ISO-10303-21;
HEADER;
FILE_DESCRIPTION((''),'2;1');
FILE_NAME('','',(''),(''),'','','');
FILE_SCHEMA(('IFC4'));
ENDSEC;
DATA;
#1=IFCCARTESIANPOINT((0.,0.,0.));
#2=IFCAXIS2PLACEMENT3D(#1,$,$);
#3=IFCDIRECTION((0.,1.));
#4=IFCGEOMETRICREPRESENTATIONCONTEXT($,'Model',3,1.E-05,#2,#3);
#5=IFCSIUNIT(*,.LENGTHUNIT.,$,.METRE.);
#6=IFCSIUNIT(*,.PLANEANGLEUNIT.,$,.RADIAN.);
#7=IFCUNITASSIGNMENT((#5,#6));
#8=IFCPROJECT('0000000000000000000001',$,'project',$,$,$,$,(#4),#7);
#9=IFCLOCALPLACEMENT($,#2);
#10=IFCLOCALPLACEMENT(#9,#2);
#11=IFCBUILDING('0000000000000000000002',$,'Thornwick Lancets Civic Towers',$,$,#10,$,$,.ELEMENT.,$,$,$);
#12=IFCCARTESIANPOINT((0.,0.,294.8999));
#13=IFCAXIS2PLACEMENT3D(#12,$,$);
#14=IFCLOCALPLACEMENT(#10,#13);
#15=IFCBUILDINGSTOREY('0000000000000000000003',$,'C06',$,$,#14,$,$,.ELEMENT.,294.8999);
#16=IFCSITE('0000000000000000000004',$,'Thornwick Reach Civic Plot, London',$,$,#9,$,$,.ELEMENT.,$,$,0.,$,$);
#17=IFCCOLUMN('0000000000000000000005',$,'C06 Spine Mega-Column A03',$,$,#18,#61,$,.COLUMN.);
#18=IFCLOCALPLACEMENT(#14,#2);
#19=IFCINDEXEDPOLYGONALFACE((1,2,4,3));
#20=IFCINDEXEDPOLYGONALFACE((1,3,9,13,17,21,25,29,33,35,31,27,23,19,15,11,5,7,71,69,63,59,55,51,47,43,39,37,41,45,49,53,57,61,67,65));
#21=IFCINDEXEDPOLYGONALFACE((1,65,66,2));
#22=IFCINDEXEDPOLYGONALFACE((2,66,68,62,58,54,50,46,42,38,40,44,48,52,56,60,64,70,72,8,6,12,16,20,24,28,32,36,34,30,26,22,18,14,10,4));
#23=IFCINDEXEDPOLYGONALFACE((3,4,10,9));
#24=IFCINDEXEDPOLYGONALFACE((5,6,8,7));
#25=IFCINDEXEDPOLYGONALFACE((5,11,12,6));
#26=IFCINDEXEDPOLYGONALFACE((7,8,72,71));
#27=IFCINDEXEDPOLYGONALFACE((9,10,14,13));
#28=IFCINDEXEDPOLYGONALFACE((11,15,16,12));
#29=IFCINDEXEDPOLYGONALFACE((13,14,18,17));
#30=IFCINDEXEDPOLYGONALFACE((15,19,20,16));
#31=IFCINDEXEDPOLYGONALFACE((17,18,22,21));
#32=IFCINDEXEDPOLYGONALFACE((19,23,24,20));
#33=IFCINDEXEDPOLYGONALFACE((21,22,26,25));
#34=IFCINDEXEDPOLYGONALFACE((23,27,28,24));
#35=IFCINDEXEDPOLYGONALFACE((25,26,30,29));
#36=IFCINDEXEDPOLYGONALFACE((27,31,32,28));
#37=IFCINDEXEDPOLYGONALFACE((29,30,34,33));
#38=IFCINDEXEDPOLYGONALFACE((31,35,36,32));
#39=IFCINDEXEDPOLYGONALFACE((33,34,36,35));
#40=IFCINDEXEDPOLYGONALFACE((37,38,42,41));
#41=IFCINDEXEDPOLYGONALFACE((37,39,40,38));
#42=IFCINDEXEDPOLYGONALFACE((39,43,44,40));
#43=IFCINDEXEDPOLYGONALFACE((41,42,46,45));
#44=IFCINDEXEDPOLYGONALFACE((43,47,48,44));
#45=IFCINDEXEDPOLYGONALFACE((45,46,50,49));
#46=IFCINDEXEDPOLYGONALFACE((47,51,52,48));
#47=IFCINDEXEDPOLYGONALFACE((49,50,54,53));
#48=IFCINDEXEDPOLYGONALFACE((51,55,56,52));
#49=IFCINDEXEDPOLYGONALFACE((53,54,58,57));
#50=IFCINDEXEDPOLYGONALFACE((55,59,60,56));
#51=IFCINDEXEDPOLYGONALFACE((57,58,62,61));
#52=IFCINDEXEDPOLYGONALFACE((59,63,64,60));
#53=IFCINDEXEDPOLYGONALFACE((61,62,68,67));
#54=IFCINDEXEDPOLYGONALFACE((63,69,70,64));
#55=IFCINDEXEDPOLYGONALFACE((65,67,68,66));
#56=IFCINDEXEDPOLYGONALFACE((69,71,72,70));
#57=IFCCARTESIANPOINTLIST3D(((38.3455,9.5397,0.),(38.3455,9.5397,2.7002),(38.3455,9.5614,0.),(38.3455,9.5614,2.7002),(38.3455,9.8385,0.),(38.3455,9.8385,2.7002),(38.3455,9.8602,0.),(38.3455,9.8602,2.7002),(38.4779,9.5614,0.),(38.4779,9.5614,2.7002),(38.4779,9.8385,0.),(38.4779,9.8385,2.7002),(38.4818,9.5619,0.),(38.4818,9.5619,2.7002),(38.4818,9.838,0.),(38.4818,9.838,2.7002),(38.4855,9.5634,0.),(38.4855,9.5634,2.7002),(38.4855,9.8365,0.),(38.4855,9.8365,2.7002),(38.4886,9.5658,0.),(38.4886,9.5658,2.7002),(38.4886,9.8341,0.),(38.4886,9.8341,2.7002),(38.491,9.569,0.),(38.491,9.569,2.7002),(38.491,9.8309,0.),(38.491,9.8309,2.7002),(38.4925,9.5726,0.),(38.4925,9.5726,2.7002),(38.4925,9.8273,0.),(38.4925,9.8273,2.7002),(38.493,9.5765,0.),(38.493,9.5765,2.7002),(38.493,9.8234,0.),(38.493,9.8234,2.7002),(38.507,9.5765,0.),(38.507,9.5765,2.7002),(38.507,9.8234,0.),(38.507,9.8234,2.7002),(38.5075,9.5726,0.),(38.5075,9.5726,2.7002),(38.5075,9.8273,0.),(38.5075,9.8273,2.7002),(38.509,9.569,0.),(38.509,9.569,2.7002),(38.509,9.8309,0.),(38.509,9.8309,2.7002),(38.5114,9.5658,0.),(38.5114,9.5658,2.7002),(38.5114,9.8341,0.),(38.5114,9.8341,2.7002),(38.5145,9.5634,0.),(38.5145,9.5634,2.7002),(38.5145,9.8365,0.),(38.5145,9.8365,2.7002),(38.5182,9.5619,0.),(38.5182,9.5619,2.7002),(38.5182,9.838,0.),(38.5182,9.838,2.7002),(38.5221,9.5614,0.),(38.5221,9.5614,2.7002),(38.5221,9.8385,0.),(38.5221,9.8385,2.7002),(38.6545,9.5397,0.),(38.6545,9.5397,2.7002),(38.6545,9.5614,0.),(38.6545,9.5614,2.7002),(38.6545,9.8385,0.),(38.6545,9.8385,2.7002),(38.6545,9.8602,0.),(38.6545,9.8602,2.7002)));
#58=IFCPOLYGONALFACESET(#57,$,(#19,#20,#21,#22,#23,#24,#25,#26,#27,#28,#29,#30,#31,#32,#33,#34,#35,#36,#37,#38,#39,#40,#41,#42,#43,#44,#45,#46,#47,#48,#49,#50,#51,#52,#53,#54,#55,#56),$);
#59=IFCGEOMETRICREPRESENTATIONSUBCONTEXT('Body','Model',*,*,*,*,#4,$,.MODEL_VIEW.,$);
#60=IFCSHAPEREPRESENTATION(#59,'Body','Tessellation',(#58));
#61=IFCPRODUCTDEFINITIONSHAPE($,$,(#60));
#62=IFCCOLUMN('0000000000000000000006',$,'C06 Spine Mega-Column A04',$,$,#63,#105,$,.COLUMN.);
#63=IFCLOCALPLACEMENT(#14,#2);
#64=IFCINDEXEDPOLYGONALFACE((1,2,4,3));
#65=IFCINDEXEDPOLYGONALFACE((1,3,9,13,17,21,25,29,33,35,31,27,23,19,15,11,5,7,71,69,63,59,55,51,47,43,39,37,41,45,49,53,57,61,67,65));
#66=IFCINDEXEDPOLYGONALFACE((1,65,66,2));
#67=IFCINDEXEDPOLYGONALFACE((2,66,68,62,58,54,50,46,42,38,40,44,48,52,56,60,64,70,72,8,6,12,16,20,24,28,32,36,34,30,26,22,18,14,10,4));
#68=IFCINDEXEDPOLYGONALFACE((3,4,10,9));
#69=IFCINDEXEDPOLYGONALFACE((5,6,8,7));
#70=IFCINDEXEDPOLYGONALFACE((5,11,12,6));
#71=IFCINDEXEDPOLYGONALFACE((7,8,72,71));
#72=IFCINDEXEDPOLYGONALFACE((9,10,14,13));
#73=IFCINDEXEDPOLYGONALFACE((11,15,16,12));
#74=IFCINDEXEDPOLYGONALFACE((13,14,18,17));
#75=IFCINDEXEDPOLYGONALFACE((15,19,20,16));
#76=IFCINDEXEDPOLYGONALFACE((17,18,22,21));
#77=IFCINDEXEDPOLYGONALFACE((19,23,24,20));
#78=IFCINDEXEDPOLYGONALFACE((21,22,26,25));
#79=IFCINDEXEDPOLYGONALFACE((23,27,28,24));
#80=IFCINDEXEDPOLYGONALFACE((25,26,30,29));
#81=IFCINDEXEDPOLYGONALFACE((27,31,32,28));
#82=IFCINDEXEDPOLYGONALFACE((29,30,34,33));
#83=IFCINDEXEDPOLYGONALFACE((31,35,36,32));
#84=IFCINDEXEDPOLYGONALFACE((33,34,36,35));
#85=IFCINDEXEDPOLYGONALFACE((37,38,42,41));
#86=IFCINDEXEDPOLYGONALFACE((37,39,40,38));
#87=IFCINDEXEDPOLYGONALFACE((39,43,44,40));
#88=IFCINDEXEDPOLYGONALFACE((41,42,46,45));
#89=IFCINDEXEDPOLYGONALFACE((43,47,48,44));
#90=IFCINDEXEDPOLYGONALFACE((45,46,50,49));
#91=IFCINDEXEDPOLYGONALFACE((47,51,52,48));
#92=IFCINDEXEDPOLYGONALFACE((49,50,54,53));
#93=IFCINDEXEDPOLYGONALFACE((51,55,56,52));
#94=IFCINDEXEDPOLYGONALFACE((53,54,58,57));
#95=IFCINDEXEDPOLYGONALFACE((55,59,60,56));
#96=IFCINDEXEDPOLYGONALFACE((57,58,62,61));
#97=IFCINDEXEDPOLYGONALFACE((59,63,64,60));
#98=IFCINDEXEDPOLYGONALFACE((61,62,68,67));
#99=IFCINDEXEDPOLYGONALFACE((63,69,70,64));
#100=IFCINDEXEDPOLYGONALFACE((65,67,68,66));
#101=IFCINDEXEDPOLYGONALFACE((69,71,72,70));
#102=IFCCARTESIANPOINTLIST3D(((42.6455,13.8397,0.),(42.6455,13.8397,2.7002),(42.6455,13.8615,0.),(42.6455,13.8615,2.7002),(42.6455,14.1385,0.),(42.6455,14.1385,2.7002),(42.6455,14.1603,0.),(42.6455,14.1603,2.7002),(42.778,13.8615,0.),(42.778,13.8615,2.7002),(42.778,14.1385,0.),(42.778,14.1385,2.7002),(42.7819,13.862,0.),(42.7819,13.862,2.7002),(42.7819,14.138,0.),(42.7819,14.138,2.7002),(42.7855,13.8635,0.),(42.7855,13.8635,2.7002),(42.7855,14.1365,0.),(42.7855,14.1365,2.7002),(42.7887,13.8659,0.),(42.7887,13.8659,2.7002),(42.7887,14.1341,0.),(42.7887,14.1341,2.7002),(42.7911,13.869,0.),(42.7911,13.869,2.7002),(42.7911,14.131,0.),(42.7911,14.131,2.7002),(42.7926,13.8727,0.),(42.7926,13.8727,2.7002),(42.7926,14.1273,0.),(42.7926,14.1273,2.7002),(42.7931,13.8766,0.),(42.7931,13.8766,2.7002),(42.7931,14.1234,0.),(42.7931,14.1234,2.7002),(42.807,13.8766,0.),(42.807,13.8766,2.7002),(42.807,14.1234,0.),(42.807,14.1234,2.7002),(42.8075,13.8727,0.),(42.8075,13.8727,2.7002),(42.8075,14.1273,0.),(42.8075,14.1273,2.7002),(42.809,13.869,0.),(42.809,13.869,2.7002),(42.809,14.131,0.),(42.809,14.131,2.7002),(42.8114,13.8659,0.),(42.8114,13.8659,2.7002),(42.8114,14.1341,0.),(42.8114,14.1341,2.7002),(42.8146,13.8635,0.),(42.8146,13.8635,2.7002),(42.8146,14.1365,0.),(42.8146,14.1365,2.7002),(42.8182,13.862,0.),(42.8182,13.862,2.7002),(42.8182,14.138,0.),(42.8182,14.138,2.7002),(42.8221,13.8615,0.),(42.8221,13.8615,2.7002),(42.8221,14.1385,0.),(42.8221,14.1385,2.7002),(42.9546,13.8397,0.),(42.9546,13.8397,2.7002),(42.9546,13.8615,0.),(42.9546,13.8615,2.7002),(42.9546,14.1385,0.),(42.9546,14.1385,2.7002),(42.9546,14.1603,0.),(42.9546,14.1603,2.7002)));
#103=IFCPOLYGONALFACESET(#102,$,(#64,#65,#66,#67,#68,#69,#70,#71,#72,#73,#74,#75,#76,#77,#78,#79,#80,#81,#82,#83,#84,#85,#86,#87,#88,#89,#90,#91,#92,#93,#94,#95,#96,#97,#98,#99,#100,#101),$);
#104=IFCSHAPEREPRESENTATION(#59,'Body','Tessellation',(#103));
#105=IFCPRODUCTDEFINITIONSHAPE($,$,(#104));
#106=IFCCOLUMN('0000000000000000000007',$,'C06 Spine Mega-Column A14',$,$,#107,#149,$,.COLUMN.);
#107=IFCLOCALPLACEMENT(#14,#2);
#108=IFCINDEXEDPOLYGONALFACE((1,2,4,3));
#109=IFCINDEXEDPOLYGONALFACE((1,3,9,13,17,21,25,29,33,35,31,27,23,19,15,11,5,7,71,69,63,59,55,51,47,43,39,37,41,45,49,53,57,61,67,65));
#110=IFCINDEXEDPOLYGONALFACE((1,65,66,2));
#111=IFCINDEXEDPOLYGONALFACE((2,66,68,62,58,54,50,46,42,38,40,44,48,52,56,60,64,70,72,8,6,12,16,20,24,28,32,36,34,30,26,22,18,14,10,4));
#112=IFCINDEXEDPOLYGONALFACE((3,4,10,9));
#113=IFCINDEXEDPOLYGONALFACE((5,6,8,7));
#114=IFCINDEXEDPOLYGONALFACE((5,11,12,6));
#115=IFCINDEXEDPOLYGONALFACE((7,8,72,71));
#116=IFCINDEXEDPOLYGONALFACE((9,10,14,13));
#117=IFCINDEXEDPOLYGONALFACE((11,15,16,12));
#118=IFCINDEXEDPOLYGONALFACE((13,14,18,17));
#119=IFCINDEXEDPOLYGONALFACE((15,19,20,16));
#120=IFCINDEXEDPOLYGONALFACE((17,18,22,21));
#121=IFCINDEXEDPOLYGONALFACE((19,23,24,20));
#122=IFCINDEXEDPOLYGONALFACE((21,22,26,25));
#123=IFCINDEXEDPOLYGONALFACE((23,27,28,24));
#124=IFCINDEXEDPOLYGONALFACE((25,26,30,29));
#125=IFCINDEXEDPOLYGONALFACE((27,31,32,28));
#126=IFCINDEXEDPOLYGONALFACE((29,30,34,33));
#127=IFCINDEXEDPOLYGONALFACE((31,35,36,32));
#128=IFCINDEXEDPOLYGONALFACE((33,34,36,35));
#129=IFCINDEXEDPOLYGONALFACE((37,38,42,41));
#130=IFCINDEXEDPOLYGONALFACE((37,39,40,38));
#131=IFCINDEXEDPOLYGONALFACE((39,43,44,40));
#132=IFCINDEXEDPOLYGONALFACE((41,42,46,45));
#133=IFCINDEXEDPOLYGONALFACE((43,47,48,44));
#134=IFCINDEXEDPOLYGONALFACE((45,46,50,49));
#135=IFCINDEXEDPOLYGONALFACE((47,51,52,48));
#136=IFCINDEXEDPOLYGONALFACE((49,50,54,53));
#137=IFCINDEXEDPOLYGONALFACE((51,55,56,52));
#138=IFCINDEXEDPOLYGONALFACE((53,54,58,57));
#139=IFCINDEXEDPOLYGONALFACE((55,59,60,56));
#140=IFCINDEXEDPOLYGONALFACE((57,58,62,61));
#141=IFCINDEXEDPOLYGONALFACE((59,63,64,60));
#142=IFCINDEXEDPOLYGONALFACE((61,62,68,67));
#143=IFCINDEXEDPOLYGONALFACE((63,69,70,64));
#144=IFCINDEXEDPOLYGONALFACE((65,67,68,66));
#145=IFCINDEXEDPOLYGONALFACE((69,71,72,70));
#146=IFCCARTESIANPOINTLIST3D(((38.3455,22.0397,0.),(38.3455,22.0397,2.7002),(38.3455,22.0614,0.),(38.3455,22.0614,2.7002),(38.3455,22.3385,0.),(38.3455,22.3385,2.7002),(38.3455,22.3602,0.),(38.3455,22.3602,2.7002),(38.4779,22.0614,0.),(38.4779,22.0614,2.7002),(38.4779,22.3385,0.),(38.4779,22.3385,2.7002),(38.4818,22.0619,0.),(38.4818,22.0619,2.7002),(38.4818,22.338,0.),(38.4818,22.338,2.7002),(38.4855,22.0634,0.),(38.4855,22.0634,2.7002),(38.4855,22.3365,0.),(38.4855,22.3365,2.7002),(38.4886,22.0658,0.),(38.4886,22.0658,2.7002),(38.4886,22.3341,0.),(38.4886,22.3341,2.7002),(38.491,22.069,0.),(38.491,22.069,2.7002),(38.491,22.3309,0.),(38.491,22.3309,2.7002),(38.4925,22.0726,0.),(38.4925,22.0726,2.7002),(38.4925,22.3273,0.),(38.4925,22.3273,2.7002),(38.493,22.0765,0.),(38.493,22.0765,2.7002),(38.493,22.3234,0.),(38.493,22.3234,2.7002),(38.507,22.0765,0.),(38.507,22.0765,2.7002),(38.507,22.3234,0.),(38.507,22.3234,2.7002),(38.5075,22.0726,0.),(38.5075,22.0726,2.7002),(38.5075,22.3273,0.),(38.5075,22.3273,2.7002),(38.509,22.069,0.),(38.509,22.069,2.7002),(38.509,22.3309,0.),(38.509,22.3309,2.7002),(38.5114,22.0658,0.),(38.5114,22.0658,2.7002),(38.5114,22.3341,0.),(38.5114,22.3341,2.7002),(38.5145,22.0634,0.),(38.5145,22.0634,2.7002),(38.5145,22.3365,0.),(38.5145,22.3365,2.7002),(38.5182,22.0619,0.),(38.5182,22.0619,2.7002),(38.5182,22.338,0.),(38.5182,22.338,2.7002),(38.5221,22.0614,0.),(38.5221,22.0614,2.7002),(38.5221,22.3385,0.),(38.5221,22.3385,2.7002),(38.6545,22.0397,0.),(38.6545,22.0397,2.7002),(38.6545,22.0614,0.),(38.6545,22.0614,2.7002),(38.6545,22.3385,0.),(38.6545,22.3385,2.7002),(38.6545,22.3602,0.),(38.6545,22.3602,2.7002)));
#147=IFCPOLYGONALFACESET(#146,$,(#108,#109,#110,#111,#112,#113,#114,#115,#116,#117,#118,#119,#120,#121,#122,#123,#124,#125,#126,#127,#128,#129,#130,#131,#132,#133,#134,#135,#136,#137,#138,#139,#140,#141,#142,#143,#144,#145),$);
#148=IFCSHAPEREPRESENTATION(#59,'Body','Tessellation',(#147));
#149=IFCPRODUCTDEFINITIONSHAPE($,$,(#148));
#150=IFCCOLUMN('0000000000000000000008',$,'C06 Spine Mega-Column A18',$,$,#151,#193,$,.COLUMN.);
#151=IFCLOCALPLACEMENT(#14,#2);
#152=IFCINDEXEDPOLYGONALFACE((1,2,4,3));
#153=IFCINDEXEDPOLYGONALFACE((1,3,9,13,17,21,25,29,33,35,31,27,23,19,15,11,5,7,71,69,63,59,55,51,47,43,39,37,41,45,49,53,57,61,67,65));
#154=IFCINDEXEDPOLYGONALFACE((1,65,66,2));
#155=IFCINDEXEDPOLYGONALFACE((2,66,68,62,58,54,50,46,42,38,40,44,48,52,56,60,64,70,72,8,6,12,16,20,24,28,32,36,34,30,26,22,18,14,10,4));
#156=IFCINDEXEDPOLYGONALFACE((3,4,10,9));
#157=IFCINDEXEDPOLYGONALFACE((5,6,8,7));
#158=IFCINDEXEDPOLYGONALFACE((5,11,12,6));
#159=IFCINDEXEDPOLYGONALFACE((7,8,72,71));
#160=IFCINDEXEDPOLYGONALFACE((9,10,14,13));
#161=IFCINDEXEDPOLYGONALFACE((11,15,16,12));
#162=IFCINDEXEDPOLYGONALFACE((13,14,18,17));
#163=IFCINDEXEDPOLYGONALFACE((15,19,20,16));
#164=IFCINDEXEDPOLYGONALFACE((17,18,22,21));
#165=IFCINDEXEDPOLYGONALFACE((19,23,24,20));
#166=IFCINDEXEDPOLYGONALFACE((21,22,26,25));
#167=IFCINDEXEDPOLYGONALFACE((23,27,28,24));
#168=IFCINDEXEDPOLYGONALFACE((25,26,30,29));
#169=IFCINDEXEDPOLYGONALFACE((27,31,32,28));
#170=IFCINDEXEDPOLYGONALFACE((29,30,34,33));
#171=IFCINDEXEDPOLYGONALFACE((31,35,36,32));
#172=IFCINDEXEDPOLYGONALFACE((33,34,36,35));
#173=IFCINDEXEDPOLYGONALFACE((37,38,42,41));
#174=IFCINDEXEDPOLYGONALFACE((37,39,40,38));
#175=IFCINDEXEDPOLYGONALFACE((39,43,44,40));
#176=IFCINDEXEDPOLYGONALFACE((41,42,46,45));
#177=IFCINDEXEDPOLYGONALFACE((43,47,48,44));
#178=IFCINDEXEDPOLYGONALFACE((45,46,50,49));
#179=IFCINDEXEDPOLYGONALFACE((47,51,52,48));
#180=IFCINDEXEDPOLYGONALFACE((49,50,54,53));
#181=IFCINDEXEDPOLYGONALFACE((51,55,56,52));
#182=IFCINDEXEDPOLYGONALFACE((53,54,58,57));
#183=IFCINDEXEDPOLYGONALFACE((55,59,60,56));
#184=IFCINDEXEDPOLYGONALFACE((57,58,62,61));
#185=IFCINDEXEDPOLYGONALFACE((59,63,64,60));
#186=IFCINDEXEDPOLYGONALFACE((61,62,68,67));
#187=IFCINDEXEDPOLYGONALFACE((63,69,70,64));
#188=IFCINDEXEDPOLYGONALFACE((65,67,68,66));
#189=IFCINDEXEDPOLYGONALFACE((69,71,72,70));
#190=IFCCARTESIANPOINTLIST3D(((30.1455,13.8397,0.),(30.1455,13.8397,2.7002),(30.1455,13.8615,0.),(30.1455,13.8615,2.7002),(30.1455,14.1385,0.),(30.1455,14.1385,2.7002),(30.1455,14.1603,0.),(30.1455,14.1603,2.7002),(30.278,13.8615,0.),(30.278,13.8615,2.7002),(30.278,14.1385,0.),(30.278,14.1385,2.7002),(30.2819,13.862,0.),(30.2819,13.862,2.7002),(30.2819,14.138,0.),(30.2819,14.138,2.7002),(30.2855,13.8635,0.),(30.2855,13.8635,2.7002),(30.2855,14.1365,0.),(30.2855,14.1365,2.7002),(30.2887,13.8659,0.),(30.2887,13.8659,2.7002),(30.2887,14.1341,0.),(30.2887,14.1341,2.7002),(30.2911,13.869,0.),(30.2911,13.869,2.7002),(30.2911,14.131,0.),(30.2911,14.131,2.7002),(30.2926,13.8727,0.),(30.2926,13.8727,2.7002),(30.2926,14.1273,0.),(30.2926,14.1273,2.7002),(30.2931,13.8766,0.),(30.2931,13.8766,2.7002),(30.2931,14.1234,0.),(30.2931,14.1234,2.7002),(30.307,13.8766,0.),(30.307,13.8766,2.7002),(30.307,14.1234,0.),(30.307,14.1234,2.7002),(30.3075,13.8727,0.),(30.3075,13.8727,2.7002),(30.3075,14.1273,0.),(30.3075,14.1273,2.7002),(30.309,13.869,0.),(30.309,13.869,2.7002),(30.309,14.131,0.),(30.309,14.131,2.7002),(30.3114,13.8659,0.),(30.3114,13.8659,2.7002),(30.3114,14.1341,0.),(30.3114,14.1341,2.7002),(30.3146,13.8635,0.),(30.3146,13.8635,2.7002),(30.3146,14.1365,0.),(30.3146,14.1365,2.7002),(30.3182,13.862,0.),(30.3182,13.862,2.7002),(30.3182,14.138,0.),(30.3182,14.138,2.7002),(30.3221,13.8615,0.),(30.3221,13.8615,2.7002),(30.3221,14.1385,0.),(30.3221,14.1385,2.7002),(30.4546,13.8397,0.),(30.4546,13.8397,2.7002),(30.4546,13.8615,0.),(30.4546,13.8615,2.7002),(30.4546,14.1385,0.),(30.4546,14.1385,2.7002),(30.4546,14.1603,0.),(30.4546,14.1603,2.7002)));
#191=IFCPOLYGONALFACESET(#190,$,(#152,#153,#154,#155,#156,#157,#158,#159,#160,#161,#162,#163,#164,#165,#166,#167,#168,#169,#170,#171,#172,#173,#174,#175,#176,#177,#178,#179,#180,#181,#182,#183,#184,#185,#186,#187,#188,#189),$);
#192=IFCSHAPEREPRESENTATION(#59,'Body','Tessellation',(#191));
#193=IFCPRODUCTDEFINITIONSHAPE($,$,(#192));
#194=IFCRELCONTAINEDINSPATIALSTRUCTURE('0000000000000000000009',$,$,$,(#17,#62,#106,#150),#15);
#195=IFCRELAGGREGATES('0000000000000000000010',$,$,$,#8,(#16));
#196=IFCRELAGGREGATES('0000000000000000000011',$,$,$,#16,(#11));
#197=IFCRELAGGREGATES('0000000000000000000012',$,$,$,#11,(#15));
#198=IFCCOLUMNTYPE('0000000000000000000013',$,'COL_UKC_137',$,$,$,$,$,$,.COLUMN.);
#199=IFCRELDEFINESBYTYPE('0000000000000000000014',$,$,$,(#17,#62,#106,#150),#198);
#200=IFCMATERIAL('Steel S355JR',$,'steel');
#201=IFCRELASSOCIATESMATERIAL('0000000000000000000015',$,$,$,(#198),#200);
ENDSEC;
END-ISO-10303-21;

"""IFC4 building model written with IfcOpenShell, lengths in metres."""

from ifc_helpers import new_model, si_unit, direction, frame, origin, origin_2d, place, context, subcontext, project, spatial, i_section, extrude, material, material_profile, profile_set, type_object, element, save


model = new_model("IFC4")

# Units and contexts
model_context = context("Model", 3, precision=1e-05, world=origin(), true_north=direction((0.0, 1.0)))
body_context = subcontext(model_context, "Body", "Model", "MODEL_VIEW")
ifc_project = project(units=[si_unit("LENGTHUNIT", "METRE"), si_unit("PLANEANGLEUNIT", "RADIAN")], contexts=[model_context])

# Site, building, storey
site_placement = place(None, origin())
site = spatial("IfcSite", under=ifc_project, at=site_placement, Name="Thornwick Reach Civic Plot, London", CompositionType="ELEMENT", RefElevation=0.0)
building_placement = place(site_placement, origin())
building = spatial("IfcBuilding", under=site, at=building_placement, Name="Thornwick Lancets Civic Towers", CompositionType="ELEMENT")
storey_placement = place(building_placement, frame((0.0, 0.0, 294.8999)))
storey = spatial("IfcBuildingStorey", under=building, at=storey_placement, Name="C06", CompositionType="ELEMENT", Elevation=294.8999)

# Columns
ifc_material_1 = material(Name="Steel S355JR", Category="steel")
ifc_material_profile_1 = material_profile(ifc_material_1, i_section(OverallWidth=0.3091, OverallDepth=0.3206, WebThickness=0.0139, FlangeThickness=0.0217, FilletRadius=0.0151, at=origin_2d()), Name="UKC 305x305x137")
ifc_profile_set_1 = profile_set([ifc_material_profile_1], Name="Steel S355JR")
column_type_1 = type_object("IfcColumnType", Name="COL_UKC_137", PredefinedType="COLUMN", material=ifc_profile_set_1)
for number, where, z_axis, x_axis, name in (
    (1, (38.5, 9.7, 0.0), (0.0, 0.0, 1.0), (1.0, 0.0, 0.0), "C06 Spine Mega-Column A03"),
    (2, (42.8, 14.0, 0.0), (0.0, 0.0, 1.0), (1.0, 0.0, 0.0), "C06 Spine Mega-Column A04"),
    (3, (38.5, 22.2, 0.0), (0.0, 0.0, 1.0), (1.0, 0.0, 0.0), "C06 Spine Mega-Column A14"),
    (4, (30.3, 14.0, 0.0), (0.0, 0.0, 1.0), (1.0, 0.0, 0.0), "C06 Spine Mega-Column A18"),
):
    element("IfcColumn", number, at=place(storey_placement, frame(where, z_axis=z_axis, x_axis=x_axis)), inside=storey, type_object=column_type_1, Name=name, PredefinedType="COLUMN", context=body_context, shape_type="SweptSolid", body=[
        extrude(i_section(OverallWidth=0.3091, OverallDepth=0.3206, WebThickness=0.0139, FlangeThickness=0.0217, FilletRadius=0.0151, at=origin_2d()), origin(), (0.0, 0.0, 1.0), 2.7002),
    ])

save(model, "model.ifc")
